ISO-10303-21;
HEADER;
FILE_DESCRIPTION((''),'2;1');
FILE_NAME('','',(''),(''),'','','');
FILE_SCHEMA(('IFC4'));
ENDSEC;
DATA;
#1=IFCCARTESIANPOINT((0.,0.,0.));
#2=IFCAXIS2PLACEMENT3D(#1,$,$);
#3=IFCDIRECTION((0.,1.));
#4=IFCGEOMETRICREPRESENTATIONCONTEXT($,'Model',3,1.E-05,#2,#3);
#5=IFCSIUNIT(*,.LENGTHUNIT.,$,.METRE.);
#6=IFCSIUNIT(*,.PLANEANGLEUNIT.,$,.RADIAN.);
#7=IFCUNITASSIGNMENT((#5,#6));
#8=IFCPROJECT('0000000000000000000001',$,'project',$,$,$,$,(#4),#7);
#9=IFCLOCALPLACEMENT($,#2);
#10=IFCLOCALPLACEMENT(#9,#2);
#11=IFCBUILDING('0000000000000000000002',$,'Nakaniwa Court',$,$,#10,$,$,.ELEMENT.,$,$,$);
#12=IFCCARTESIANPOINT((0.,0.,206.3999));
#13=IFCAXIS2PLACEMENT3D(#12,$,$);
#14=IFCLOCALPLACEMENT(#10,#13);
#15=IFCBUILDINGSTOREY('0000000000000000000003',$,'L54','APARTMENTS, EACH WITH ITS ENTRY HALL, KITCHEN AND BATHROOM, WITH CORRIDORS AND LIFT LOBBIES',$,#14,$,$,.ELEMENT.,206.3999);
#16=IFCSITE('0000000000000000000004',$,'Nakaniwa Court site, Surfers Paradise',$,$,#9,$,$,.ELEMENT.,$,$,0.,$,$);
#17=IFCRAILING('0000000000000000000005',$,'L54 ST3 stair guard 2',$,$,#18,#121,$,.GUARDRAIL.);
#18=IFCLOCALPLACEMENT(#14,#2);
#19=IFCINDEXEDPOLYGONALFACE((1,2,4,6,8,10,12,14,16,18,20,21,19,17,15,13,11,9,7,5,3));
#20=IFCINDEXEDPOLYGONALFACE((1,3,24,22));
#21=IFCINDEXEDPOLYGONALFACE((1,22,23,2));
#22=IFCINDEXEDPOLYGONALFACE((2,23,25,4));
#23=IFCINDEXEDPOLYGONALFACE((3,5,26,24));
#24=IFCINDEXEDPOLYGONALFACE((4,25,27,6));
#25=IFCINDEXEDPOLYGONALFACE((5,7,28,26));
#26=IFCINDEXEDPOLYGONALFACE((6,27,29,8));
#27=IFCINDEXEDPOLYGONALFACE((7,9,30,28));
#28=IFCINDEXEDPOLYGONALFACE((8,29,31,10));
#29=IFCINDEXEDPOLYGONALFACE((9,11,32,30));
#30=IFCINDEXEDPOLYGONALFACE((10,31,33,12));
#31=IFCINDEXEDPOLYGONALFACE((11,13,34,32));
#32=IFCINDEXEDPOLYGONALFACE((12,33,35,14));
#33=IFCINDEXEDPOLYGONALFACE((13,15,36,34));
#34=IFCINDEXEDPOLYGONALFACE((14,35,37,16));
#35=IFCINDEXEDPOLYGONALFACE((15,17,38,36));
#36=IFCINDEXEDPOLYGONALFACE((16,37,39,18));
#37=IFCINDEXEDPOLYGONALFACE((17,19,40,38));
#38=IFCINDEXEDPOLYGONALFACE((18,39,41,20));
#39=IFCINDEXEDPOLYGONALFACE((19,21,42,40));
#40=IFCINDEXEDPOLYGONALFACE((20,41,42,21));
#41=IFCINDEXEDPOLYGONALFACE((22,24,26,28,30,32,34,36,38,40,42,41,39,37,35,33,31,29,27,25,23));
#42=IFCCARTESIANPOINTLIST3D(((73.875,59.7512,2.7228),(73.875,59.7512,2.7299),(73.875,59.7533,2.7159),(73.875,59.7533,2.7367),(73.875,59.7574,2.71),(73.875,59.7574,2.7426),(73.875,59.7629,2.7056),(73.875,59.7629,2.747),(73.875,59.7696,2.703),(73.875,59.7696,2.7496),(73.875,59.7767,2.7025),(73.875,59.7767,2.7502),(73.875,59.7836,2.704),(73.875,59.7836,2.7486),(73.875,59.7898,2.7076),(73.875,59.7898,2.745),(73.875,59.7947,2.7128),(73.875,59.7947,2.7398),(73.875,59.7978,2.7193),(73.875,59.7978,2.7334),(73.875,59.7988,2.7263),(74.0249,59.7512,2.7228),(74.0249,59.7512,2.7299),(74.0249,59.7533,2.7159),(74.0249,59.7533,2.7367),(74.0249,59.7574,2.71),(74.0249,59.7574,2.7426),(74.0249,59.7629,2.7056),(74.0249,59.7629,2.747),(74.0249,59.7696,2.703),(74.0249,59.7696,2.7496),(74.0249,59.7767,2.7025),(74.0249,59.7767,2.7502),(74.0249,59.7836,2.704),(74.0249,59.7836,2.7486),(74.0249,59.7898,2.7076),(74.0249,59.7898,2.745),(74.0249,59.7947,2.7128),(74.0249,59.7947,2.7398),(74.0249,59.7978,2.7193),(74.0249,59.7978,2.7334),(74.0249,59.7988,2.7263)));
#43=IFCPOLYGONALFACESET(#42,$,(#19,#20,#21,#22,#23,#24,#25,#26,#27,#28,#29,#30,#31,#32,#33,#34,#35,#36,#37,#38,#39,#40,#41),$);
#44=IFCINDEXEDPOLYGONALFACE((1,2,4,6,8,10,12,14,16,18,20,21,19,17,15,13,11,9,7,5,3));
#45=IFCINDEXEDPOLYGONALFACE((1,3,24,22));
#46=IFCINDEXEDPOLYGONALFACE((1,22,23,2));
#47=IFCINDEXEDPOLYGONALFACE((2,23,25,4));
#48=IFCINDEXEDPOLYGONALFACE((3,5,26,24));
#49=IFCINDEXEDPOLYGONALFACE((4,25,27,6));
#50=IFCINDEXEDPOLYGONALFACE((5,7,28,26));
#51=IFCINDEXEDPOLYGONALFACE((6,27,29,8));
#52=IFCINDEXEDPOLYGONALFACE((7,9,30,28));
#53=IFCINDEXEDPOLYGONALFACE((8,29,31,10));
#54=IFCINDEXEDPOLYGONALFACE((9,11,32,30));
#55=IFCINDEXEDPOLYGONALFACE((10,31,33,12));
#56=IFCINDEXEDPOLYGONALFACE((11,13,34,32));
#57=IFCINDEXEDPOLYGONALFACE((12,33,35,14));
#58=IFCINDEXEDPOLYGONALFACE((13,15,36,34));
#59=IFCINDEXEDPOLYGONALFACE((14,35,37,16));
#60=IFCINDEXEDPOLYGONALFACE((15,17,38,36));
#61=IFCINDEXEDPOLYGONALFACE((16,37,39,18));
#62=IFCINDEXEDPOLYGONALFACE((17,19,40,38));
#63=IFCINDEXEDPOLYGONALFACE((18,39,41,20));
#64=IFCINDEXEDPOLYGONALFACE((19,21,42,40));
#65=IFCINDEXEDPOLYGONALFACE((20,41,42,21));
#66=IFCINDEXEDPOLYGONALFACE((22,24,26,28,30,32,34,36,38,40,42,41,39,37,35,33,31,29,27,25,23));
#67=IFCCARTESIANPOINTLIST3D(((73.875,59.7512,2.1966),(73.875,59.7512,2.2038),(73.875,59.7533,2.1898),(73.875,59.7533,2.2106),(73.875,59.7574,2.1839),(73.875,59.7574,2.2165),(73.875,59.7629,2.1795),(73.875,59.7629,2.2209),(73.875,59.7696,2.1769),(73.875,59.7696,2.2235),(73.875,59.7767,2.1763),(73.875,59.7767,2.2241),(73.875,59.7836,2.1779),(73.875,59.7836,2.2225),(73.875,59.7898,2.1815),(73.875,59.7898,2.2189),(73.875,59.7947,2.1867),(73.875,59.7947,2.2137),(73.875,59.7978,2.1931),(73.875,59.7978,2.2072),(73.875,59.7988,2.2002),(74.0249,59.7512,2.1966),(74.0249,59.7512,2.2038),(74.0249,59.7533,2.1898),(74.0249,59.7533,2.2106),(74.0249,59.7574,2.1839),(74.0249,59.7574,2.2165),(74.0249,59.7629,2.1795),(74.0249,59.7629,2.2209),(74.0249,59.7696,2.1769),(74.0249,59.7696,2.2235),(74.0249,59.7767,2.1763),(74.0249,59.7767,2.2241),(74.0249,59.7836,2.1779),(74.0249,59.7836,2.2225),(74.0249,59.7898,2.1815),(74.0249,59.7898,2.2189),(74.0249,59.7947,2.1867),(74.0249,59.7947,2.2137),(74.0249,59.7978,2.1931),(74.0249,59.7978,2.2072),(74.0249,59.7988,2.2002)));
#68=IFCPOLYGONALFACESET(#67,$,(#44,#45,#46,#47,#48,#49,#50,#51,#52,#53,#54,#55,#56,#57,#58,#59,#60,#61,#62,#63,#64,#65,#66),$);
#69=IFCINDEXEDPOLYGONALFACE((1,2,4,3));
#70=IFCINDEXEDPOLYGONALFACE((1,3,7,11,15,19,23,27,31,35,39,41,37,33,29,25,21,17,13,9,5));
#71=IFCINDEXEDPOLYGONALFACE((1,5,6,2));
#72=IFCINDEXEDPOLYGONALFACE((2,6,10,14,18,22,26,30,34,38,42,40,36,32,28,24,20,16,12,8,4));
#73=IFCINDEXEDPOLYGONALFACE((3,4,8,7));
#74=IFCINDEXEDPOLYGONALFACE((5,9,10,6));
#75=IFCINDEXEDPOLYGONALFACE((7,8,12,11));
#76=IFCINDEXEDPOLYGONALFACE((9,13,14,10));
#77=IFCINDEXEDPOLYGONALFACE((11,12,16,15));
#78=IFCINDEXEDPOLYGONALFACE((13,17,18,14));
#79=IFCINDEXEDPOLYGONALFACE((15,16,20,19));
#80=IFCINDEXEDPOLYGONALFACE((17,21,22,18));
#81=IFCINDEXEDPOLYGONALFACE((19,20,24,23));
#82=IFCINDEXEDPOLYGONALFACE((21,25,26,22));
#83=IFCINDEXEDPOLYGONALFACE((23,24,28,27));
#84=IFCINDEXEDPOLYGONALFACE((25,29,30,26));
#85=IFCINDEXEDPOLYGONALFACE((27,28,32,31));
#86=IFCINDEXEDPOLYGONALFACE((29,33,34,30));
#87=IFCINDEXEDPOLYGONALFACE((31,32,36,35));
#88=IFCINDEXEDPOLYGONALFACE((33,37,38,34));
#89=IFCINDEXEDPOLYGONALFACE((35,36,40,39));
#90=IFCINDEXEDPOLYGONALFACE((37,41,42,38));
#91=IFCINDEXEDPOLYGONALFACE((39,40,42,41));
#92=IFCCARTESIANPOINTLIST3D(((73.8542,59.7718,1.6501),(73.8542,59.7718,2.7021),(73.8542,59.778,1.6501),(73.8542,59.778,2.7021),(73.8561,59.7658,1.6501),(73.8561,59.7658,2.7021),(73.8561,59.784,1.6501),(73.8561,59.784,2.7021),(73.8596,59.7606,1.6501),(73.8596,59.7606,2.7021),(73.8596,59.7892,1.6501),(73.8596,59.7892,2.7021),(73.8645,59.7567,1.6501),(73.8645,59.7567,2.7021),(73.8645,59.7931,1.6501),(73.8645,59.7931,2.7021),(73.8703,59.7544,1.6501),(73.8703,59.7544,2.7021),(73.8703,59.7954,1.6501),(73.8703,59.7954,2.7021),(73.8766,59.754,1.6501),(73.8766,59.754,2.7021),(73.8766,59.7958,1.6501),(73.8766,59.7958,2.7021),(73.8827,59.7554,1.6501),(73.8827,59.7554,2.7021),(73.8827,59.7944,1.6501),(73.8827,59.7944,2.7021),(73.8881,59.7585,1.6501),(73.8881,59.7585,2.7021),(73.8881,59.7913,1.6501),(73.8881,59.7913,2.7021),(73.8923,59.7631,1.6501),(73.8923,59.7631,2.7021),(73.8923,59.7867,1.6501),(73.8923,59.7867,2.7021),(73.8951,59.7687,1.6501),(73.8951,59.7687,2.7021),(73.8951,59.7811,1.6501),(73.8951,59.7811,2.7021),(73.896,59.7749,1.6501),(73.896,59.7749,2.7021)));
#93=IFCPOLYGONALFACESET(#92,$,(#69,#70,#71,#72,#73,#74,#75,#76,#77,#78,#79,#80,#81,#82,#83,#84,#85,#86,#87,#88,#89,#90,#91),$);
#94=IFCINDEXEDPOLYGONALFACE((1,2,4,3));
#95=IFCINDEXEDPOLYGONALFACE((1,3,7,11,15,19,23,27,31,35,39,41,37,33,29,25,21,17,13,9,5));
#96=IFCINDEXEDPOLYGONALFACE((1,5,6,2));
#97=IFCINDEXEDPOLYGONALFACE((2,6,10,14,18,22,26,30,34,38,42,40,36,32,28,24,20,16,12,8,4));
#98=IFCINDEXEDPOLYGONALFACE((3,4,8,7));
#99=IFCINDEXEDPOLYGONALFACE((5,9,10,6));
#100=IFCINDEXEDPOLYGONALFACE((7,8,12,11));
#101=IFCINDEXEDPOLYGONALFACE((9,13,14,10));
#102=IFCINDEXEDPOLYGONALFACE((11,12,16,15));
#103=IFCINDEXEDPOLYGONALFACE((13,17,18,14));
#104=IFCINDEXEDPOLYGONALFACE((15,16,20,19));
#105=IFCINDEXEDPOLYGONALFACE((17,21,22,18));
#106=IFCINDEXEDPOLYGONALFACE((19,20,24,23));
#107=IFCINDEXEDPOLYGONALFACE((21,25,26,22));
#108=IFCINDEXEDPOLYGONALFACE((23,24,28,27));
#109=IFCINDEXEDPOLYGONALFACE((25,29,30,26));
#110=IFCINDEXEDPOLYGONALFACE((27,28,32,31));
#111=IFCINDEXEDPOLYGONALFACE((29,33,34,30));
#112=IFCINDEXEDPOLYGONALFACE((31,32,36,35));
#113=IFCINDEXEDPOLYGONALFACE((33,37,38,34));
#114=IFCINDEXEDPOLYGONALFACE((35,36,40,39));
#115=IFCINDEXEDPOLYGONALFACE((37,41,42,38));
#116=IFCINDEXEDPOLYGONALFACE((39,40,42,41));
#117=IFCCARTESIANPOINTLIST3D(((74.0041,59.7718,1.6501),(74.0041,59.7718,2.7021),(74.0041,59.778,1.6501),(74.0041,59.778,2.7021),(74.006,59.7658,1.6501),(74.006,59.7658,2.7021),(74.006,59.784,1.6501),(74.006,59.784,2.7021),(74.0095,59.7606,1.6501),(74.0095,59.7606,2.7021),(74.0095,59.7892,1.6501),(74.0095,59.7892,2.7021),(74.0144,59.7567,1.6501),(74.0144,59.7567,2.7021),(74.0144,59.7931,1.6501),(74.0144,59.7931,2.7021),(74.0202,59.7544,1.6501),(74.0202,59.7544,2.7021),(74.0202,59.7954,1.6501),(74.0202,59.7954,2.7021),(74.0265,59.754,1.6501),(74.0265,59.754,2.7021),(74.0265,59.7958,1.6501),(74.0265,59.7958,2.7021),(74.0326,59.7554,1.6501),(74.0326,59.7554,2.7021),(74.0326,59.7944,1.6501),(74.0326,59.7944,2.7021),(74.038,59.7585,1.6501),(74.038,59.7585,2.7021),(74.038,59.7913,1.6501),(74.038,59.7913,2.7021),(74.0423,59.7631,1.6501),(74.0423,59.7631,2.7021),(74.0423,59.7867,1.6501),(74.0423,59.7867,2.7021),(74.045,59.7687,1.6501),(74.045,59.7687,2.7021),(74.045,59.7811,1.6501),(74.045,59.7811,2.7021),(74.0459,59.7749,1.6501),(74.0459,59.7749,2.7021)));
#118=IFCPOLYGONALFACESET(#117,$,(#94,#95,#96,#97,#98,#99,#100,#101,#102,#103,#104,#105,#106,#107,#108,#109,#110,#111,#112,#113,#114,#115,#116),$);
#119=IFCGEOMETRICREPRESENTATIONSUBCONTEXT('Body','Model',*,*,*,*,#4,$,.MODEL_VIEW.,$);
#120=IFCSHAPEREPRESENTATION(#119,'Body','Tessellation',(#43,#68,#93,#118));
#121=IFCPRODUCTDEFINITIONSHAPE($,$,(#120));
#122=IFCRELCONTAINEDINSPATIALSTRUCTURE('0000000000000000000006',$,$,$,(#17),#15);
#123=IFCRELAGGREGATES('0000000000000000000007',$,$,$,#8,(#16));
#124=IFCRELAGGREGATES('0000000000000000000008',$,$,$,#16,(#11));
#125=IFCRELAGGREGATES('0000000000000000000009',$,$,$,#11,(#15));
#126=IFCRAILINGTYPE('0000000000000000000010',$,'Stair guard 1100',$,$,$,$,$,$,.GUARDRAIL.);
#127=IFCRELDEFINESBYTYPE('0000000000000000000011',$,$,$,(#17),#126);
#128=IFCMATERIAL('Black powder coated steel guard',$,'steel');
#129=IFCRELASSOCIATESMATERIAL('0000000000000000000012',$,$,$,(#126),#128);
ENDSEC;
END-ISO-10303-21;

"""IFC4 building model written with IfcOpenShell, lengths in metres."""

from ifc_helpers import new_model, si_unit, direction, frame, origin, origin_2d, place, context, subcontext, project, spatial, circle, extrude, material, type_object, element, save


model = new_model("IFC4")

# Units and contexts
model_context = context("Model", 3, precision=1e-05, world=origin(), true_north=direction((0.0, 1.0)))
body_context = subcontext(model_context, "Body", "Model", "MODEL_VIEW")
ifc_project = project(units=[si_unit("LENGTHUNIT", "METRE"), si_unit("PLANEANGLEUNIT", "RADIAN")], contexts=[model_context])

# Site, building, storey
site_placement = place(None, origin())
site = spatial("IfcSite", under=ifc_project, at=site_placement, Name="Nakaniwa Court site, Surfers Paradise", CompositionType="ELEMENT", RefElevation=0.0)
building_placement = place(site_placement, origin())
building = spatial("IfcBuilding", under=site, at=building_placement, Name="Nakaniwa Court", CompositionType="ELEMENT")
storey_placement = place(building_placement, frame((0.0, 0.0, 206.3999)))
storey = spatial("IfcBuildingStorey", under=building, at=storey_placement, Name="L54", Description="APARTMENTS, EACH WITH ITS ENTRY HALL, KITCHEN AND BATHROOM, WITH CORRIDORS AND LIFT LOBBIES", CompositionType="ELEMENT", Elevation=206.3999)

# Railing
ifc_material_1 = material(Name="Black powder coated steel guard", Category="steel")
railing_type_1 = type_object("IfcRailingType", Name="Stair guard 1100", PredefinedType="GUARDRAIL", material=ifc_material_1)
railing_1_placement = place(storey_placement, frame((73.875, 59.7749, 1.6501)))
element("IfcRailing", 1, at=railing_1_placement, inside=storey, type_object=railing_type_1, Name="L54 ST3 stair guard 2", PredefinedType="GUARDRAIL", context=body_context, shape_type="SweptSolid", body=[
    extrude(circle(Radius=0.0239, at=origin_2d()), frame((0.0, 0.0, 1.0762), z_axis=(1.0, 0.0, 0.0), x_axis=(0.0, 1.0, 0.0)), (0.0, 0.0, 1.0), 0.1499),
    extrude(circle(Radius=0.0239, at=origin_2d()), frame((0.0, 0.0, 0.55), z_axis=(1.0, 0.0, 0.0), x_axis=(0.0, 1.0, 0.0)), (0.0, 0.0, 1.0), 0.1499),
    extrude(circle(Radius=0.021, at=origin_2d()), origin(), (0.0, 0.0, 1.0), 1.052),
    extrude(circle(Radius=0.021, at=origin_2d()), frame((0.1499, 0.0, 0.0)), (0.0, 0.0, 1.0), 1.052),
])

save(model, "model.ifc")
